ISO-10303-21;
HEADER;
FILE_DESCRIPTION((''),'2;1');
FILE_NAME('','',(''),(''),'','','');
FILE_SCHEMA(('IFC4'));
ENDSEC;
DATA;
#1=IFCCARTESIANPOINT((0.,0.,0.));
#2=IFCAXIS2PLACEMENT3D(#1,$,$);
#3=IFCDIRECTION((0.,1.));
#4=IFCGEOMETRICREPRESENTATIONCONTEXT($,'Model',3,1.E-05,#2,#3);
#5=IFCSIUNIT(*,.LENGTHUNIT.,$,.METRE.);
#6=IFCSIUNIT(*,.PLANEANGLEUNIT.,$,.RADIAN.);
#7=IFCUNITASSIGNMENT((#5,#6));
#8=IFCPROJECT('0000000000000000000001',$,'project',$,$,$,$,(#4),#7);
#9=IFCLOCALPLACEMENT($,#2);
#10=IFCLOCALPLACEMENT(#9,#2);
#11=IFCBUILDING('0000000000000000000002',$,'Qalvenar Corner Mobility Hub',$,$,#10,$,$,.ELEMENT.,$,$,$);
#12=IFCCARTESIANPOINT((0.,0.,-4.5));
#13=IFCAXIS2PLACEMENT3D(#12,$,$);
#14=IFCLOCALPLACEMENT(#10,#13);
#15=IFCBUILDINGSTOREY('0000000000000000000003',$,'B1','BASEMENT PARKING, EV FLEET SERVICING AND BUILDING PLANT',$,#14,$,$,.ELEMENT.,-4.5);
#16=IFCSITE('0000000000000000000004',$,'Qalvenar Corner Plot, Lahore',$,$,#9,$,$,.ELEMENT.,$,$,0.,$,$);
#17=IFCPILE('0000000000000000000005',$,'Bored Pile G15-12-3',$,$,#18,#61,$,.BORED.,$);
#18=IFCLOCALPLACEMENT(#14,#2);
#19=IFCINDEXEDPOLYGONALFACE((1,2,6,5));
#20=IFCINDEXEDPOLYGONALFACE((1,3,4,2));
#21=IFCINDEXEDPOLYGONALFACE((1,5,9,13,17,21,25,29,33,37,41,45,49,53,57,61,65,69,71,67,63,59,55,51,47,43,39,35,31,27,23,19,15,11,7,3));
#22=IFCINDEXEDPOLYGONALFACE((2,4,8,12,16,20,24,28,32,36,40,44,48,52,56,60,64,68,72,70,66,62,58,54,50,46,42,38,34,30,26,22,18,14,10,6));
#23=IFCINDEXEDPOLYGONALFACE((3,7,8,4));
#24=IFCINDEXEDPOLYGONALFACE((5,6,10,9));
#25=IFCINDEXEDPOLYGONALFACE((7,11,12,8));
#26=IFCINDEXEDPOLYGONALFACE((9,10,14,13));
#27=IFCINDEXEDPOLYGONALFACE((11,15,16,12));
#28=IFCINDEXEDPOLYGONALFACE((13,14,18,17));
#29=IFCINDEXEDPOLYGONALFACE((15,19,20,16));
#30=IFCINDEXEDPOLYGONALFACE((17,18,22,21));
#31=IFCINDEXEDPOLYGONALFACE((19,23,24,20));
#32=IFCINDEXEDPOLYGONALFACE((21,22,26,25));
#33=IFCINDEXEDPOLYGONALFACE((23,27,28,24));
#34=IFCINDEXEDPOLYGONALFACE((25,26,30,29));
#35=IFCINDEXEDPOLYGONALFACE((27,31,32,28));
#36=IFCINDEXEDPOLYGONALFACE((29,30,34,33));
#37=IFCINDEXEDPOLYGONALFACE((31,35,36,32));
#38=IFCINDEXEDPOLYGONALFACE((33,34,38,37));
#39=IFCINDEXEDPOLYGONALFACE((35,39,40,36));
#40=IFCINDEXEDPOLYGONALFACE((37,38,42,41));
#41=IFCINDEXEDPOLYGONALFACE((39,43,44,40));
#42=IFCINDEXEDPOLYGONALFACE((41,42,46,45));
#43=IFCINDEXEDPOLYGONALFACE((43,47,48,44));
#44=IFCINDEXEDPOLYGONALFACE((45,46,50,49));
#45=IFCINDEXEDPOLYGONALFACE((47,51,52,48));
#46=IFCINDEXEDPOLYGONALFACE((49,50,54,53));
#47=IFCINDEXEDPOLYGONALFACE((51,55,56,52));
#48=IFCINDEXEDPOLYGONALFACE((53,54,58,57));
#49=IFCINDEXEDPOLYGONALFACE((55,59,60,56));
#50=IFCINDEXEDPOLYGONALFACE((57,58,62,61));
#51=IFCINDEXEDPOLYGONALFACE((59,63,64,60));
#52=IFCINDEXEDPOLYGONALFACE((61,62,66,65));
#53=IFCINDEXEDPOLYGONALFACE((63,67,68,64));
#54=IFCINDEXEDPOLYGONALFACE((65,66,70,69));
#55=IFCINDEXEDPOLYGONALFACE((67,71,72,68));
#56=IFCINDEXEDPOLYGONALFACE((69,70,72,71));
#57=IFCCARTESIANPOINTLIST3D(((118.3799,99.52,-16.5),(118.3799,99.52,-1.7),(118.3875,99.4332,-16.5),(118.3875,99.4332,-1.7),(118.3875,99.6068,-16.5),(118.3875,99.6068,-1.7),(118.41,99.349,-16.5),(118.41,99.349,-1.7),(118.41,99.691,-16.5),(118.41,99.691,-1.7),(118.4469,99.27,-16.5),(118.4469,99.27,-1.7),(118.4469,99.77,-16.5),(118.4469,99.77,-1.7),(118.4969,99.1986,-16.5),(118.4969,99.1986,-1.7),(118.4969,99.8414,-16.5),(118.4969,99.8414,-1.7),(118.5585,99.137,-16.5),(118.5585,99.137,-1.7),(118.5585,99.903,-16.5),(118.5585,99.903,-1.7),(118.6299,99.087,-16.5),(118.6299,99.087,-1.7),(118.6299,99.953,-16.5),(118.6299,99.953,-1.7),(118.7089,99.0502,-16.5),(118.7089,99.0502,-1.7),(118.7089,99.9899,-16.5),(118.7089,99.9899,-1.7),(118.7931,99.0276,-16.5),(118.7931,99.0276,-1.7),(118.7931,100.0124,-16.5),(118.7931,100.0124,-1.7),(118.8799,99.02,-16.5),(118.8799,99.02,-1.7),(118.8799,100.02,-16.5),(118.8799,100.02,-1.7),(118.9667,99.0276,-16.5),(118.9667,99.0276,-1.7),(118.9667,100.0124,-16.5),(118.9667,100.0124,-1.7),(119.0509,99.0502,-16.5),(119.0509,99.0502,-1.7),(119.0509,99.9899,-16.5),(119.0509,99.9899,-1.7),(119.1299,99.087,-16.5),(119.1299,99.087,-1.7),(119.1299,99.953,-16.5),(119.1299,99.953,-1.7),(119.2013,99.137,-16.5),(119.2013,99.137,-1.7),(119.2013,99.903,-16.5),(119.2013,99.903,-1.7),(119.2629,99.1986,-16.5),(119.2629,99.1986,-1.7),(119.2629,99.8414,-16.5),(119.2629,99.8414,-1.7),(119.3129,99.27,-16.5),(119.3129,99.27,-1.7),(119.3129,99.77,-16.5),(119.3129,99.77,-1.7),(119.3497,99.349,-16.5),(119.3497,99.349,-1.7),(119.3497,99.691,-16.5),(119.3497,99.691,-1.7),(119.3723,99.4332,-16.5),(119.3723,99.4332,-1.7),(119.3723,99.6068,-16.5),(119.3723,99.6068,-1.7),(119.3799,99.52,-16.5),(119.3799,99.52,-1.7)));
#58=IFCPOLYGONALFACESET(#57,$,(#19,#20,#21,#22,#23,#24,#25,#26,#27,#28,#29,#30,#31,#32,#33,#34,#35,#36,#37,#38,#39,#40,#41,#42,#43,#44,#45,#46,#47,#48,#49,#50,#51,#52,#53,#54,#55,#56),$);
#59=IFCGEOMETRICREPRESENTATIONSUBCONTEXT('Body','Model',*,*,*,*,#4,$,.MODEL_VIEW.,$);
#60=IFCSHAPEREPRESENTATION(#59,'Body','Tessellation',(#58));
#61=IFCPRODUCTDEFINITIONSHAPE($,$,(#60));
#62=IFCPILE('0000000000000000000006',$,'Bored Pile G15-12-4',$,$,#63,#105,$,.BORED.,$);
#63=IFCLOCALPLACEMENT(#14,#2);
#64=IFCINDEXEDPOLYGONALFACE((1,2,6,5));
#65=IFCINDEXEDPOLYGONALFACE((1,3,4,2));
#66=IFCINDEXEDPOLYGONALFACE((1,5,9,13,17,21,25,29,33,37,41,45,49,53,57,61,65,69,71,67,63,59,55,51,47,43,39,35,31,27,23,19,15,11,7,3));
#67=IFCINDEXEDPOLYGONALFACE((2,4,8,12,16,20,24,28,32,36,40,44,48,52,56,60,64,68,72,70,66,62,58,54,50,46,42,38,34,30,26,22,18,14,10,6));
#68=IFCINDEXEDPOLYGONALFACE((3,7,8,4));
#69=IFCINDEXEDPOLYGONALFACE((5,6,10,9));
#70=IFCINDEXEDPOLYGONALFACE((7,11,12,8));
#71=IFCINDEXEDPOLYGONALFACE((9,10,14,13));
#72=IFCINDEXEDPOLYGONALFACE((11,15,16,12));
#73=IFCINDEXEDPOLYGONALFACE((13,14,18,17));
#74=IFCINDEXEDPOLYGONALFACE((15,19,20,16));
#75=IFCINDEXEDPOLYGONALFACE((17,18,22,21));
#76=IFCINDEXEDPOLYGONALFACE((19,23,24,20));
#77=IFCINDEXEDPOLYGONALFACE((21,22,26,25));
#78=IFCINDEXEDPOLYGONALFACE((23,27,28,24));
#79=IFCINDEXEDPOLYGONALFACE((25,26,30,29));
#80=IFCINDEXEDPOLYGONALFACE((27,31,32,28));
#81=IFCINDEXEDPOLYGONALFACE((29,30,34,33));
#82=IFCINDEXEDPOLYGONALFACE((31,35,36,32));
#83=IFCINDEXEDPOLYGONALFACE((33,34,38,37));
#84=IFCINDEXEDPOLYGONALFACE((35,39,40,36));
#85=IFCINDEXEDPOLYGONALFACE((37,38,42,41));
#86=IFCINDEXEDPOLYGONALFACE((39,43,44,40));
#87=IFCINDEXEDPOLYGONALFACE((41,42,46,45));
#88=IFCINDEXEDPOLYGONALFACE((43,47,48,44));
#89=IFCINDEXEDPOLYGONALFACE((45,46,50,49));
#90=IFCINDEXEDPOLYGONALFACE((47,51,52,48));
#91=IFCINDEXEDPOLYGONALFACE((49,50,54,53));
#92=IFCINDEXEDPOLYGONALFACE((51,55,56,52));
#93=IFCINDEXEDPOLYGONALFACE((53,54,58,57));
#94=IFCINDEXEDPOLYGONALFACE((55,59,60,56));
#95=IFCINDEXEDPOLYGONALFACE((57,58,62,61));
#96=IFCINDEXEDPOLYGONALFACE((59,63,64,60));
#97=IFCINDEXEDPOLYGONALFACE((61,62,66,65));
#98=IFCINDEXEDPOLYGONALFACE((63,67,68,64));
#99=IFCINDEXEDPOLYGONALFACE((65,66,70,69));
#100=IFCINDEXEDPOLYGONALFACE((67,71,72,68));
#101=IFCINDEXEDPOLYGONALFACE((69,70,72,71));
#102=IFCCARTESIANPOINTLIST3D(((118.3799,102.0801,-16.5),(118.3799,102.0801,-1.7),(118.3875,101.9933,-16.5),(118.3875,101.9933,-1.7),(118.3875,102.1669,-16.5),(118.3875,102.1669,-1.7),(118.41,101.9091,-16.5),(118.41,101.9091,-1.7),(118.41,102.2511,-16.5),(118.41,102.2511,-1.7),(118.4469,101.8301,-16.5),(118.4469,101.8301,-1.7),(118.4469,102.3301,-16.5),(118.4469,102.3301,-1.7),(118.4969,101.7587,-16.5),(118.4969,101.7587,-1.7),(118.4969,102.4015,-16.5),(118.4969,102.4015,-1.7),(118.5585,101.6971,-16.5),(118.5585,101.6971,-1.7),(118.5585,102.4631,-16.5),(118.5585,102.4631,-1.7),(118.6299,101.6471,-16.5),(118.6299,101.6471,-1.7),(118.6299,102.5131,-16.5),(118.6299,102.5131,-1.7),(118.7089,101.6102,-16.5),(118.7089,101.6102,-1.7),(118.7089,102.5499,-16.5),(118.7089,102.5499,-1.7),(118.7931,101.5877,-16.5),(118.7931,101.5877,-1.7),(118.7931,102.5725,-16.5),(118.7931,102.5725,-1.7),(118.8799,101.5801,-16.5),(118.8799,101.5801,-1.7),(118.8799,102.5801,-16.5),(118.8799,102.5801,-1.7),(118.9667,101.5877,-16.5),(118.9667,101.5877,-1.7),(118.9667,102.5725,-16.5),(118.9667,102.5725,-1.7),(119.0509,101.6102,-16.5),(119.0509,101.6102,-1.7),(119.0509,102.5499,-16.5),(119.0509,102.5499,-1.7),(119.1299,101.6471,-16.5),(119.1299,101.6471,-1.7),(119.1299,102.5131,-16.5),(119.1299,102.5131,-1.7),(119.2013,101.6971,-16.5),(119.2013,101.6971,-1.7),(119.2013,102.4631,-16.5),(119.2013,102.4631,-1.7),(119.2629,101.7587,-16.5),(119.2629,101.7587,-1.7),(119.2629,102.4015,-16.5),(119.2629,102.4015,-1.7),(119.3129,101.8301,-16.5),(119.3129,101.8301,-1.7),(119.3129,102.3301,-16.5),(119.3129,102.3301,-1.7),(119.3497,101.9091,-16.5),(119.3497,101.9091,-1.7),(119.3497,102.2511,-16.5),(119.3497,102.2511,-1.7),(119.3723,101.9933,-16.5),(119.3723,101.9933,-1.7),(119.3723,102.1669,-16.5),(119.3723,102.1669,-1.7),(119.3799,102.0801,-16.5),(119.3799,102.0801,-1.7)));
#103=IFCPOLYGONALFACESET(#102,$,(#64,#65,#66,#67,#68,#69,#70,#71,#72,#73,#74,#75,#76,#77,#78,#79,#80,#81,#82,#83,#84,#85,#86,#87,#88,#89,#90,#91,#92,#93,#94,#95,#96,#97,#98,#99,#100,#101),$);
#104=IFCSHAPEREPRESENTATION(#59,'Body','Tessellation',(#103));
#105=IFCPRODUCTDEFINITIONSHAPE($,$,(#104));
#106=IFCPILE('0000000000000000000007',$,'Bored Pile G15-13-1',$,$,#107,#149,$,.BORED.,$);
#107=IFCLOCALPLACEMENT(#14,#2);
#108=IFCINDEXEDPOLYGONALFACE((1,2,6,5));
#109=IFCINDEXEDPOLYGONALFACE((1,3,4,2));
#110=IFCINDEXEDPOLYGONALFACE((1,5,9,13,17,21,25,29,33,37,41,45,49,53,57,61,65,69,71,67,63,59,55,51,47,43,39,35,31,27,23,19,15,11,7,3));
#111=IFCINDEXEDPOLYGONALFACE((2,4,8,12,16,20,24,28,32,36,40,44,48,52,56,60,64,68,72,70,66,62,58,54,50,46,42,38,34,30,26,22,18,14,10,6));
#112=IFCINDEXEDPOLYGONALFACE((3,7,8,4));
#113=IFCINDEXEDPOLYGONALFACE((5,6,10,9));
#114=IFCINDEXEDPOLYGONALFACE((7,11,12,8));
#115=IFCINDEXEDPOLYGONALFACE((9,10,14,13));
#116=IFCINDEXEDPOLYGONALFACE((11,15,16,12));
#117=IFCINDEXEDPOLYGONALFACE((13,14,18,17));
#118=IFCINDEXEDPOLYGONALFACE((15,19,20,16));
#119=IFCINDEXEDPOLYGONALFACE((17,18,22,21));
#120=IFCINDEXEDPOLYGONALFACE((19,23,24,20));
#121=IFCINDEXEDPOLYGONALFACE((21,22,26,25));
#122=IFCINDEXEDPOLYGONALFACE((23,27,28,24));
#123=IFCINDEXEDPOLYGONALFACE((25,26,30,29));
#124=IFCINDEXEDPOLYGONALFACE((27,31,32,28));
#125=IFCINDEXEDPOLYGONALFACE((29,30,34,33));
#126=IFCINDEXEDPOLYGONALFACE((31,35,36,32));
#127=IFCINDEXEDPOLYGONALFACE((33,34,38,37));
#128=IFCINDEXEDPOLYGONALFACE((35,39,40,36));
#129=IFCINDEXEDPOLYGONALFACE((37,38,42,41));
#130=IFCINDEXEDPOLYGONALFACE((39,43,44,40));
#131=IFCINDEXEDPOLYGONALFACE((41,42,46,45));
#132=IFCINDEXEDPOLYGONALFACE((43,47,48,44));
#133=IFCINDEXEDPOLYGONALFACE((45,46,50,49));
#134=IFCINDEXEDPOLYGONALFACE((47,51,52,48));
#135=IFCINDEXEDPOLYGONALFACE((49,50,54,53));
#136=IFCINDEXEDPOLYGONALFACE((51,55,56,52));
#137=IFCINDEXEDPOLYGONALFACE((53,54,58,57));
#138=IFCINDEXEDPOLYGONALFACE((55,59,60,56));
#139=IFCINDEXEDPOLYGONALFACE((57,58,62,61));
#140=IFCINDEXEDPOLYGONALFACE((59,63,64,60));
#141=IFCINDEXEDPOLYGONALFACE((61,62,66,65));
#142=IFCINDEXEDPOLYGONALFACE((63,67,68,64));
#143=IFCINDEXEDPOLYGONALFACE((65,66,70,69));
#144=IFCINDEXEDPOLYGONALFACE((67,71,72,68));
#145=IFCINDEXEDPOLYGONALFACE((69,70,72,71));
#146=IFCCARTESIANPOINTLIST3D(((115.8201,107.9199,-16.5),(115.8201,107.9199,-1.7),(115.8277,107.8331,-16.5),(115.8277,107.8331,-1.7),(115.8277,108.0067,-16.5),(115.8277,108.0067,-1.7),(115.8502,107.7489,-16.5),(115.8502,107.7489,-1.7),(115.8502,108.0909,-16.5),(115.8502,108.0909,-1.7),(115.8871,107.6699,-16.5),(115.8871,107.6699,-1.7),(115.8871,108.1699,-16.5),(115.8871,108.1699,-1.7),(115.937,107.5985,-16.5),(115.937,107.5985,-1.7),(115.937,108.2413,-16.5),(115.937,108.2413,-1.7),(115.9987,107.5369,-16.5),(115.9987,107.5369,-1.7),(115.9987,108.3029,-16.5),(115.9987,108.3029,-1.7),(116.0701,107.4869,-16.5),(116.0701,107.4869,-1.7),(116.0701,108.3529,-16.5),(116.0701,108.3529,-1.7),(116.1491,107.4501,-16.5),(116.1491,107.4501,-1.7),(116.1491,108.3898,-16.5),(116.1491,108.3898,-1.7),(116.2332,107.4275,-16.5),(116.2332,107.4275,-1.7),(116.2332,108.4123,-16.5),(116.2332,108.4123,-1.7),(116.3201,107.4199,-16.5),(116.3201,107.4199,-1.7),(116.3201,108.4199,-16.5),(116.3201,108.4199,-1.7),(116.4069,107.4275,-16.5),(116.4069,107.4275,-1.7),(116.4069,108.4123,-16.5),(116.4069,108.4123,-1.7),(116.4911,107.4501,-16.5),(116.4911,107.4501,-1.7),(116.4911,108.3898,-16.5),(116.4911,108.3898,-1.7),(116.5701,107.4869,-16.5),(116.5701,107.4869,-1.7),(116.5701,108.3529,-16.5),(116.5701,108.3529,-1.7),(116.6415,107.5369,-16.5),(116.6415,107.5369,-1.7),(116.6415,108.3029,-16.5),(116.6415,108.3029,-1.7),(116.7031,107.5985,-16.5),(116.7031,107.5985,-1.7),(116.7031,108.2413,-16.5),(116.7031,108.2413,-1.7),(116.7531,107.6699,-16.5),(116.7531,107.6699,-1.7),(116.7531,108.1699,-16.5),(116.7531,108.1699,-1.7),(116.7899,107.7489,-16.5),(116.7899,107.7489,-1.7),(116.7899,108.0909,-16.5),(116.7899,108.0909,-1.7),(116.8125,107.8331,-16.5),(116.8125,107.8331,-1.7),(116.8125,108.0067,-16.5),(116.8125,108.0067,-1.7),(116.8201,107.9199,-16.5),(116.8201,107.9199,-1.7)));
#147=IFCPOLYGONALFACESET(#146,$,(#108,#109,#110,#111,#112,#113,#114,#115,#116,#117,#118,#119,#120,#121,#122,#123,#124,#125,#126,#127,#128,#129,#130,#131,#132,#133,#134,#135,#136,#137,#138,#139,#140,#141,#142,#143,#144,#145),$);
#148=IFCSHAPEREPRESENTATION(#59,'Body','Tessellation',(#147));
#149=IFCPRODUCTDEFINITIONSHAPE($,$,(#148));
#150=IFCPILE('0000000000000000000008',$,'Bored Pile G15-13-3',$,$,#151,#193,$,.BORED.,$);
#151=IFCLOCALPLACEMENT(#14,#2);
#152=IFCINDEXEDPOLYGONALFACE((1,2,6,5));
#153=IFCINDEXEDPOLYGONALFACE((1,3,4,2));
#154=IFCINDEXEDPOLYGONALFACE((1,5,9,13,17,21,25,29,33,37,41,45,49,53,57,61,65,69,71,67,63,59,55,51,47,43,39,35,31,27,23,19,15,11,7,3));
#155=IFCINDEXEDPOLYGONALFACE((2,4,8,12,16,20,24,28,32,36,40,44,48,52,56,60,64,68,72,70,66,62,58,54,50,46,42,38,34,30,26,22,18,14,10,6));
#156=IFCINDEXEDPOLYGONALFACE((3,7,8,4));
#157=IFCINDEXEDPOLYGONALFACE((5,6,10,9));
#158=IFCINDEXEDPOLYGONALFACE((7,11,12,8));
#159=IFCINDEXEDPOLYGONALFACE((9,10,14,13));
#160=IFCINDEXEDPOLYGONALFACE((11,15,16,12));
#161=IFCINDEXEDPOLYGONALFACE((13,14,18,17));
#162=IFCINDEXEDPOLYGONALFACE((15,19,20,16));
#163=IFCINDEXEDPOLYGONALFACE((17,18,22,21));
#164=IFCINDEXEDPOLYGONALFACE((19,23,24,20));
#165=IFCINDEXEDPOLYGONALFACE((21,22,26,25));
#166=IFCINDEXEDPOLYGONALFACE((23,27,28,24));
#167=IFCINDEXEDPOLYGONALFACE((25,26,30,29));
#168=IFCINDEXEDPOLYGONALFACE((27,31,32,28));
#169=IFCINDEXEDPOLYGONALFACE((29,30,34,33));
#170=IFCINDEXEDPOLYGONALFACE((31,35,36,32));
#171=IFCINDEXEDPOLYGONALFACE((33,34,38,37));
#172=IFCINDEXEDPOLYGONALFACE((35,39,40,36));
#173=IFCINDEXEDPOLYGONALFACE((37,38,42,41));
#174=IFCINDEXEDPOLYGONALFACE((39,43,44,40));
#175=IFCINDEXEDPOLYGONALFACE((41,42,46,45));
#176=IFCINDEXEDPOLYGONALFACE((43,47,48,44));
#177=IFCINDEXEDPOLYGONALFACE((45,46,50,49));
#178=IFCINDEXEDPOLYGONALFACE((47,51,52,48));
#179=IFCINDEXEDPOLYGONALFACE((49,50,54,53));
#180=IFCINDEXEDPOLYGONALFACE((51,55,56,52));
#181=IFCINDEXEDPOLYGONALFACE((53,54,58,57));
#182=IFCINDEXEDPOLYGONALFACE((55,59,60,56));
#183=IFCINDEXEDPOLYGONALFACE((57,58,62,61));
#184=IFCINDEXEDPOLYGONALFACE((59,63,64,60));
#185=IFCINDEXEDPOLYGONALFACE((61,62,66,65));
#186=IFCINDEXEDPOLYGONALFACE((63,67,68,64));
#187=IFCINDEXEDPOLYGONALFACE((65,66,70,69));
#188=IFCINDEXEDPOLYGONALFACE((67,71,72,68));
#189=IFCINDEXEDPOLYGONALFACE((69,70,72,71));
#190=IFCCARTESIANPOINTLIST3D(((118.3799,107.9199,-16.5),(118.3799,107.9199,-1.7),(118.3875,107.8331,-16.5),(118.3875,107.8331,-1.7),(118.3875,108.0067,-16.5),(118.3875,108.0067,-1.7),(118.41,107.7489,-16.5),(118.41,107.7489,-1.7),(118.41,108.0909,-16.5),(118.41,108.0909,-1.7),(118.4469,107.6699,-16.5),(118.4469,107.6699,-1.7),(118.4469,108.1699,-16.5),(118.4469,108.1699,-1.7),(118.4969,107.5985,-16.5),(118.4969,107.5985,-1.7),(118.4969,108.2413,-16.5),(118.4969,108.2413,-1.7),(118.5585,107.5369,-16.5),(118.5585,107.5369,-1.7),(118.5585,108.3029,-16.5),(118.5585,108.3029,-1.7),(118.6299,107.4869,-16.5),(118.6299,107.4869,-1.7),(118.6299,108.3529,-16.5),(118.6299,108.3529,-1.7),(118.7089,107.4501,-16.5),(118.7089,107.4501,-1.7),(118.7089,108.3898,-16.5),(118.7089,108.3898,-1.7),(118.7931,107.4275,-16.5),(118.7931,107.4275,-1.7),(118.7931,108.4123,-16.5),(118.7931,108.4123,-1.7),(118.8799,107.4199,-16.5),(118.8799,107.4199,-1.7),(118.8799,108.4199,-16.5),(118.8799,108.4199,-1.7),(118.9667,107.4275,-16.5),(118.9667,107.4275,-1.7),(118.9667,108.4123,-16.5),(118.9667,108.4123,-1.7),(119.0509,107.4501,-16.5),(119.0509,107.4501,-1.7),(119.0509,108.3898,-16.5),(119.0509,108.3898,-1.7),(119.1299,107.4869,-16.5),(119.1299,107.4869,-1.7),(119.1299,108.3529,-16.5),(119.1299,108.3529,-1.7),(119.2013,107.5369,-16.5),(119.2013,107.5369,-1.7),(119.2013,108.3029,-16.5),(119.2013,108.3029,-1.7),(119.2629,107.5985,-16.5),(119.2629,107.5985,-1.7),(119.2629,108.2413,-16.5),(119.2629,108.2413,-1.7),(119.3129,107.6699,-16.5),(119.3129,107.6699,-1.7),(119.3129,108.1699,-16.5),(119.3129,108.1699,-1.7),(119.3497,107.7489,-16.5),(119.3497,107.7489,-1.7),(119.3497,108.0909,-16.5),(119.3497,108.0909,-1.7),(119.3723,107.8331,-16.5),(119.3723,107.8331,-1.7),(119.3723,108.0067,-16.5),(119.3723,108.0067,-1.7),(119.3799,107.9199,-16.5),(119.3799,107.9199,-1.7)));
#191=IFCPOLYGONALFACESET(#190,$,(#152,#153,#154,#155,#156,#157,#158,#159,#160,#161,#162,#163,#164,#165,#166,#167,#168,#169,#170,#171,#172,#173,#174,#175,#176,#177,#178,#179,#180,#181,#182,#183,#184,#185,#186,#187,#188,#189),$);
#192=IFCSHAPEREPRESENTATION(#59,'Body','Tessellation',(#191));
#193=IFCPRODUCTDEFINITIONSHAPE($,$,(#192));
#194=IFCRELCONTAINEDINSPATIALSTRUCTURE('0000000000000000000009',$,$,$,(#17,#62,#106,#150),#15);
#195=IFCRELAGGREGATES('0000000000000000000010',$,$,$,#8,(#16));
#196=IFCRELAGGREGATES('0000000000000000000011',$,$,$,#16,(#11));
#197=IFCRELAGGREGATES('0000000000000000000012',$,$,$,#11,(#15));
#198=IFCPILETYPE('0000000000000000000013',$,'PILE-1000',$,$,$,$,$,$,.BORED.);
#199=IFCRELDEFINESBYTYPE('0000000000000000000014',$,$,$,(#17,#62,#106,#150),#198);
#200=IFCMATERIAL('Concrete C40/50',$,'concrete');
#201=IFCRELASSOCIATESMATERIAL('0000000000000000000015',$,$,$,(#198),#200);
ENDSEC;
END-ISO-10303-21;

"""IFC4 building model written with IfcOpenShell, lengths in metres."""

from ifc_helpers import new_model, si_unit, direction, frame, origin, origin_2d, place, context, subcontext, project, spatial, circle, extrude, material, material_profile, profile_set, type_object, element, save


model = new_model("IFC4")

# Units and contexts
model_context = context("Model", 3, precision=1e-05, world=origin(), true_north=direction((0.0, 1.0)))
body_context = subcontext(model_context, "Body", "Model", "MODEL_VIEW")
ifc_project = project(units=[si_unit("LENGTHUNIT", "METRE"), si_unit("PLANEANGLEUNIT", "RADIAN")], contexts=[model_context])

# Site, building, storey
site_placement = place(None, origin())
site = spatial("IfcSite", under=ifc_project, at=site_placement, Name="Qalvenar Corner Plot, Lahore", CompositionType="ELEMENT", RefElevation=0.0)
building_placement = place(site_placement, origin())
building = spatial("IfcBuilding", under=site, at=building_placement, Name="Qalvenar Corner Mobility Hub", CompositionType="ELEMENT")
storey_placement = place(building_placement, frame((0.0, 0.0, -4.5)))
storey = spatial("IfcBuildingStorey", under=building, at=storey_placement, Name="B1", Description="BASEMENT PARKING, EV FLEET SERVICING AND BUILDING PLANT", CompositionType="ELEMENT", Elevation=-4.5)

# Shared definitions
ifc_material_1 = material(Name="Concrete C40/50", Category="concrete")

# Piles
ifc_material_profile_1 = material_profile(ifc_material_1, circle(Radius=0.5, at=origin_2d()), Name="DIA1000")
ifc_profile_set_1 = profile_set([ifc_material_profile_1], Name="Concrete C40/50")
pile_type_1 = type_object("IfcPileType", Name="PILE-1000", PredefinedType="BORED", material=ifc_profile_set_1)
for number, where, z_axis, x_axis, name in (
    (1, (118.8799, 99.52, -1.7), (0.0, 0.0, -1.0), (1.0, 0.0, 0.0), "Bored Pile G15-12-3"),
    (2, (118.8799, 102.0801, -1.7), (0.0, 0.0, -1.0), (1.0, 0.0, 0.0), "Bored Pile G15-12-4"),
    (3, (116.3201, 107.9199, -1.7), (0.0, 0.0, -1.0), (1.0, 0.0, 0.0), "Bored Pile G15-13-1"),
    (4, (118.8799, 107.9199, -1.7), (0.0, 0.0, -1.0), (1.0, 0.0, 0.0), "Bored Pile G15-13-3"),
):
    element("IfcPile", number, at=place(storey_placement, frame(where, z_axis=z_axis, x_axis=x_axis)), inside=storey, type_object=pile_type_1, Name=name, PredefinedType="BORED", context=body_context, shape_type="SweptSolid", body=[
        extrude(circle(Radius=0.5, at=origin_2d()), origin(), (0.0, 0.0, 1.0), 14.8),
    ])

save(model, "model.ifc")
